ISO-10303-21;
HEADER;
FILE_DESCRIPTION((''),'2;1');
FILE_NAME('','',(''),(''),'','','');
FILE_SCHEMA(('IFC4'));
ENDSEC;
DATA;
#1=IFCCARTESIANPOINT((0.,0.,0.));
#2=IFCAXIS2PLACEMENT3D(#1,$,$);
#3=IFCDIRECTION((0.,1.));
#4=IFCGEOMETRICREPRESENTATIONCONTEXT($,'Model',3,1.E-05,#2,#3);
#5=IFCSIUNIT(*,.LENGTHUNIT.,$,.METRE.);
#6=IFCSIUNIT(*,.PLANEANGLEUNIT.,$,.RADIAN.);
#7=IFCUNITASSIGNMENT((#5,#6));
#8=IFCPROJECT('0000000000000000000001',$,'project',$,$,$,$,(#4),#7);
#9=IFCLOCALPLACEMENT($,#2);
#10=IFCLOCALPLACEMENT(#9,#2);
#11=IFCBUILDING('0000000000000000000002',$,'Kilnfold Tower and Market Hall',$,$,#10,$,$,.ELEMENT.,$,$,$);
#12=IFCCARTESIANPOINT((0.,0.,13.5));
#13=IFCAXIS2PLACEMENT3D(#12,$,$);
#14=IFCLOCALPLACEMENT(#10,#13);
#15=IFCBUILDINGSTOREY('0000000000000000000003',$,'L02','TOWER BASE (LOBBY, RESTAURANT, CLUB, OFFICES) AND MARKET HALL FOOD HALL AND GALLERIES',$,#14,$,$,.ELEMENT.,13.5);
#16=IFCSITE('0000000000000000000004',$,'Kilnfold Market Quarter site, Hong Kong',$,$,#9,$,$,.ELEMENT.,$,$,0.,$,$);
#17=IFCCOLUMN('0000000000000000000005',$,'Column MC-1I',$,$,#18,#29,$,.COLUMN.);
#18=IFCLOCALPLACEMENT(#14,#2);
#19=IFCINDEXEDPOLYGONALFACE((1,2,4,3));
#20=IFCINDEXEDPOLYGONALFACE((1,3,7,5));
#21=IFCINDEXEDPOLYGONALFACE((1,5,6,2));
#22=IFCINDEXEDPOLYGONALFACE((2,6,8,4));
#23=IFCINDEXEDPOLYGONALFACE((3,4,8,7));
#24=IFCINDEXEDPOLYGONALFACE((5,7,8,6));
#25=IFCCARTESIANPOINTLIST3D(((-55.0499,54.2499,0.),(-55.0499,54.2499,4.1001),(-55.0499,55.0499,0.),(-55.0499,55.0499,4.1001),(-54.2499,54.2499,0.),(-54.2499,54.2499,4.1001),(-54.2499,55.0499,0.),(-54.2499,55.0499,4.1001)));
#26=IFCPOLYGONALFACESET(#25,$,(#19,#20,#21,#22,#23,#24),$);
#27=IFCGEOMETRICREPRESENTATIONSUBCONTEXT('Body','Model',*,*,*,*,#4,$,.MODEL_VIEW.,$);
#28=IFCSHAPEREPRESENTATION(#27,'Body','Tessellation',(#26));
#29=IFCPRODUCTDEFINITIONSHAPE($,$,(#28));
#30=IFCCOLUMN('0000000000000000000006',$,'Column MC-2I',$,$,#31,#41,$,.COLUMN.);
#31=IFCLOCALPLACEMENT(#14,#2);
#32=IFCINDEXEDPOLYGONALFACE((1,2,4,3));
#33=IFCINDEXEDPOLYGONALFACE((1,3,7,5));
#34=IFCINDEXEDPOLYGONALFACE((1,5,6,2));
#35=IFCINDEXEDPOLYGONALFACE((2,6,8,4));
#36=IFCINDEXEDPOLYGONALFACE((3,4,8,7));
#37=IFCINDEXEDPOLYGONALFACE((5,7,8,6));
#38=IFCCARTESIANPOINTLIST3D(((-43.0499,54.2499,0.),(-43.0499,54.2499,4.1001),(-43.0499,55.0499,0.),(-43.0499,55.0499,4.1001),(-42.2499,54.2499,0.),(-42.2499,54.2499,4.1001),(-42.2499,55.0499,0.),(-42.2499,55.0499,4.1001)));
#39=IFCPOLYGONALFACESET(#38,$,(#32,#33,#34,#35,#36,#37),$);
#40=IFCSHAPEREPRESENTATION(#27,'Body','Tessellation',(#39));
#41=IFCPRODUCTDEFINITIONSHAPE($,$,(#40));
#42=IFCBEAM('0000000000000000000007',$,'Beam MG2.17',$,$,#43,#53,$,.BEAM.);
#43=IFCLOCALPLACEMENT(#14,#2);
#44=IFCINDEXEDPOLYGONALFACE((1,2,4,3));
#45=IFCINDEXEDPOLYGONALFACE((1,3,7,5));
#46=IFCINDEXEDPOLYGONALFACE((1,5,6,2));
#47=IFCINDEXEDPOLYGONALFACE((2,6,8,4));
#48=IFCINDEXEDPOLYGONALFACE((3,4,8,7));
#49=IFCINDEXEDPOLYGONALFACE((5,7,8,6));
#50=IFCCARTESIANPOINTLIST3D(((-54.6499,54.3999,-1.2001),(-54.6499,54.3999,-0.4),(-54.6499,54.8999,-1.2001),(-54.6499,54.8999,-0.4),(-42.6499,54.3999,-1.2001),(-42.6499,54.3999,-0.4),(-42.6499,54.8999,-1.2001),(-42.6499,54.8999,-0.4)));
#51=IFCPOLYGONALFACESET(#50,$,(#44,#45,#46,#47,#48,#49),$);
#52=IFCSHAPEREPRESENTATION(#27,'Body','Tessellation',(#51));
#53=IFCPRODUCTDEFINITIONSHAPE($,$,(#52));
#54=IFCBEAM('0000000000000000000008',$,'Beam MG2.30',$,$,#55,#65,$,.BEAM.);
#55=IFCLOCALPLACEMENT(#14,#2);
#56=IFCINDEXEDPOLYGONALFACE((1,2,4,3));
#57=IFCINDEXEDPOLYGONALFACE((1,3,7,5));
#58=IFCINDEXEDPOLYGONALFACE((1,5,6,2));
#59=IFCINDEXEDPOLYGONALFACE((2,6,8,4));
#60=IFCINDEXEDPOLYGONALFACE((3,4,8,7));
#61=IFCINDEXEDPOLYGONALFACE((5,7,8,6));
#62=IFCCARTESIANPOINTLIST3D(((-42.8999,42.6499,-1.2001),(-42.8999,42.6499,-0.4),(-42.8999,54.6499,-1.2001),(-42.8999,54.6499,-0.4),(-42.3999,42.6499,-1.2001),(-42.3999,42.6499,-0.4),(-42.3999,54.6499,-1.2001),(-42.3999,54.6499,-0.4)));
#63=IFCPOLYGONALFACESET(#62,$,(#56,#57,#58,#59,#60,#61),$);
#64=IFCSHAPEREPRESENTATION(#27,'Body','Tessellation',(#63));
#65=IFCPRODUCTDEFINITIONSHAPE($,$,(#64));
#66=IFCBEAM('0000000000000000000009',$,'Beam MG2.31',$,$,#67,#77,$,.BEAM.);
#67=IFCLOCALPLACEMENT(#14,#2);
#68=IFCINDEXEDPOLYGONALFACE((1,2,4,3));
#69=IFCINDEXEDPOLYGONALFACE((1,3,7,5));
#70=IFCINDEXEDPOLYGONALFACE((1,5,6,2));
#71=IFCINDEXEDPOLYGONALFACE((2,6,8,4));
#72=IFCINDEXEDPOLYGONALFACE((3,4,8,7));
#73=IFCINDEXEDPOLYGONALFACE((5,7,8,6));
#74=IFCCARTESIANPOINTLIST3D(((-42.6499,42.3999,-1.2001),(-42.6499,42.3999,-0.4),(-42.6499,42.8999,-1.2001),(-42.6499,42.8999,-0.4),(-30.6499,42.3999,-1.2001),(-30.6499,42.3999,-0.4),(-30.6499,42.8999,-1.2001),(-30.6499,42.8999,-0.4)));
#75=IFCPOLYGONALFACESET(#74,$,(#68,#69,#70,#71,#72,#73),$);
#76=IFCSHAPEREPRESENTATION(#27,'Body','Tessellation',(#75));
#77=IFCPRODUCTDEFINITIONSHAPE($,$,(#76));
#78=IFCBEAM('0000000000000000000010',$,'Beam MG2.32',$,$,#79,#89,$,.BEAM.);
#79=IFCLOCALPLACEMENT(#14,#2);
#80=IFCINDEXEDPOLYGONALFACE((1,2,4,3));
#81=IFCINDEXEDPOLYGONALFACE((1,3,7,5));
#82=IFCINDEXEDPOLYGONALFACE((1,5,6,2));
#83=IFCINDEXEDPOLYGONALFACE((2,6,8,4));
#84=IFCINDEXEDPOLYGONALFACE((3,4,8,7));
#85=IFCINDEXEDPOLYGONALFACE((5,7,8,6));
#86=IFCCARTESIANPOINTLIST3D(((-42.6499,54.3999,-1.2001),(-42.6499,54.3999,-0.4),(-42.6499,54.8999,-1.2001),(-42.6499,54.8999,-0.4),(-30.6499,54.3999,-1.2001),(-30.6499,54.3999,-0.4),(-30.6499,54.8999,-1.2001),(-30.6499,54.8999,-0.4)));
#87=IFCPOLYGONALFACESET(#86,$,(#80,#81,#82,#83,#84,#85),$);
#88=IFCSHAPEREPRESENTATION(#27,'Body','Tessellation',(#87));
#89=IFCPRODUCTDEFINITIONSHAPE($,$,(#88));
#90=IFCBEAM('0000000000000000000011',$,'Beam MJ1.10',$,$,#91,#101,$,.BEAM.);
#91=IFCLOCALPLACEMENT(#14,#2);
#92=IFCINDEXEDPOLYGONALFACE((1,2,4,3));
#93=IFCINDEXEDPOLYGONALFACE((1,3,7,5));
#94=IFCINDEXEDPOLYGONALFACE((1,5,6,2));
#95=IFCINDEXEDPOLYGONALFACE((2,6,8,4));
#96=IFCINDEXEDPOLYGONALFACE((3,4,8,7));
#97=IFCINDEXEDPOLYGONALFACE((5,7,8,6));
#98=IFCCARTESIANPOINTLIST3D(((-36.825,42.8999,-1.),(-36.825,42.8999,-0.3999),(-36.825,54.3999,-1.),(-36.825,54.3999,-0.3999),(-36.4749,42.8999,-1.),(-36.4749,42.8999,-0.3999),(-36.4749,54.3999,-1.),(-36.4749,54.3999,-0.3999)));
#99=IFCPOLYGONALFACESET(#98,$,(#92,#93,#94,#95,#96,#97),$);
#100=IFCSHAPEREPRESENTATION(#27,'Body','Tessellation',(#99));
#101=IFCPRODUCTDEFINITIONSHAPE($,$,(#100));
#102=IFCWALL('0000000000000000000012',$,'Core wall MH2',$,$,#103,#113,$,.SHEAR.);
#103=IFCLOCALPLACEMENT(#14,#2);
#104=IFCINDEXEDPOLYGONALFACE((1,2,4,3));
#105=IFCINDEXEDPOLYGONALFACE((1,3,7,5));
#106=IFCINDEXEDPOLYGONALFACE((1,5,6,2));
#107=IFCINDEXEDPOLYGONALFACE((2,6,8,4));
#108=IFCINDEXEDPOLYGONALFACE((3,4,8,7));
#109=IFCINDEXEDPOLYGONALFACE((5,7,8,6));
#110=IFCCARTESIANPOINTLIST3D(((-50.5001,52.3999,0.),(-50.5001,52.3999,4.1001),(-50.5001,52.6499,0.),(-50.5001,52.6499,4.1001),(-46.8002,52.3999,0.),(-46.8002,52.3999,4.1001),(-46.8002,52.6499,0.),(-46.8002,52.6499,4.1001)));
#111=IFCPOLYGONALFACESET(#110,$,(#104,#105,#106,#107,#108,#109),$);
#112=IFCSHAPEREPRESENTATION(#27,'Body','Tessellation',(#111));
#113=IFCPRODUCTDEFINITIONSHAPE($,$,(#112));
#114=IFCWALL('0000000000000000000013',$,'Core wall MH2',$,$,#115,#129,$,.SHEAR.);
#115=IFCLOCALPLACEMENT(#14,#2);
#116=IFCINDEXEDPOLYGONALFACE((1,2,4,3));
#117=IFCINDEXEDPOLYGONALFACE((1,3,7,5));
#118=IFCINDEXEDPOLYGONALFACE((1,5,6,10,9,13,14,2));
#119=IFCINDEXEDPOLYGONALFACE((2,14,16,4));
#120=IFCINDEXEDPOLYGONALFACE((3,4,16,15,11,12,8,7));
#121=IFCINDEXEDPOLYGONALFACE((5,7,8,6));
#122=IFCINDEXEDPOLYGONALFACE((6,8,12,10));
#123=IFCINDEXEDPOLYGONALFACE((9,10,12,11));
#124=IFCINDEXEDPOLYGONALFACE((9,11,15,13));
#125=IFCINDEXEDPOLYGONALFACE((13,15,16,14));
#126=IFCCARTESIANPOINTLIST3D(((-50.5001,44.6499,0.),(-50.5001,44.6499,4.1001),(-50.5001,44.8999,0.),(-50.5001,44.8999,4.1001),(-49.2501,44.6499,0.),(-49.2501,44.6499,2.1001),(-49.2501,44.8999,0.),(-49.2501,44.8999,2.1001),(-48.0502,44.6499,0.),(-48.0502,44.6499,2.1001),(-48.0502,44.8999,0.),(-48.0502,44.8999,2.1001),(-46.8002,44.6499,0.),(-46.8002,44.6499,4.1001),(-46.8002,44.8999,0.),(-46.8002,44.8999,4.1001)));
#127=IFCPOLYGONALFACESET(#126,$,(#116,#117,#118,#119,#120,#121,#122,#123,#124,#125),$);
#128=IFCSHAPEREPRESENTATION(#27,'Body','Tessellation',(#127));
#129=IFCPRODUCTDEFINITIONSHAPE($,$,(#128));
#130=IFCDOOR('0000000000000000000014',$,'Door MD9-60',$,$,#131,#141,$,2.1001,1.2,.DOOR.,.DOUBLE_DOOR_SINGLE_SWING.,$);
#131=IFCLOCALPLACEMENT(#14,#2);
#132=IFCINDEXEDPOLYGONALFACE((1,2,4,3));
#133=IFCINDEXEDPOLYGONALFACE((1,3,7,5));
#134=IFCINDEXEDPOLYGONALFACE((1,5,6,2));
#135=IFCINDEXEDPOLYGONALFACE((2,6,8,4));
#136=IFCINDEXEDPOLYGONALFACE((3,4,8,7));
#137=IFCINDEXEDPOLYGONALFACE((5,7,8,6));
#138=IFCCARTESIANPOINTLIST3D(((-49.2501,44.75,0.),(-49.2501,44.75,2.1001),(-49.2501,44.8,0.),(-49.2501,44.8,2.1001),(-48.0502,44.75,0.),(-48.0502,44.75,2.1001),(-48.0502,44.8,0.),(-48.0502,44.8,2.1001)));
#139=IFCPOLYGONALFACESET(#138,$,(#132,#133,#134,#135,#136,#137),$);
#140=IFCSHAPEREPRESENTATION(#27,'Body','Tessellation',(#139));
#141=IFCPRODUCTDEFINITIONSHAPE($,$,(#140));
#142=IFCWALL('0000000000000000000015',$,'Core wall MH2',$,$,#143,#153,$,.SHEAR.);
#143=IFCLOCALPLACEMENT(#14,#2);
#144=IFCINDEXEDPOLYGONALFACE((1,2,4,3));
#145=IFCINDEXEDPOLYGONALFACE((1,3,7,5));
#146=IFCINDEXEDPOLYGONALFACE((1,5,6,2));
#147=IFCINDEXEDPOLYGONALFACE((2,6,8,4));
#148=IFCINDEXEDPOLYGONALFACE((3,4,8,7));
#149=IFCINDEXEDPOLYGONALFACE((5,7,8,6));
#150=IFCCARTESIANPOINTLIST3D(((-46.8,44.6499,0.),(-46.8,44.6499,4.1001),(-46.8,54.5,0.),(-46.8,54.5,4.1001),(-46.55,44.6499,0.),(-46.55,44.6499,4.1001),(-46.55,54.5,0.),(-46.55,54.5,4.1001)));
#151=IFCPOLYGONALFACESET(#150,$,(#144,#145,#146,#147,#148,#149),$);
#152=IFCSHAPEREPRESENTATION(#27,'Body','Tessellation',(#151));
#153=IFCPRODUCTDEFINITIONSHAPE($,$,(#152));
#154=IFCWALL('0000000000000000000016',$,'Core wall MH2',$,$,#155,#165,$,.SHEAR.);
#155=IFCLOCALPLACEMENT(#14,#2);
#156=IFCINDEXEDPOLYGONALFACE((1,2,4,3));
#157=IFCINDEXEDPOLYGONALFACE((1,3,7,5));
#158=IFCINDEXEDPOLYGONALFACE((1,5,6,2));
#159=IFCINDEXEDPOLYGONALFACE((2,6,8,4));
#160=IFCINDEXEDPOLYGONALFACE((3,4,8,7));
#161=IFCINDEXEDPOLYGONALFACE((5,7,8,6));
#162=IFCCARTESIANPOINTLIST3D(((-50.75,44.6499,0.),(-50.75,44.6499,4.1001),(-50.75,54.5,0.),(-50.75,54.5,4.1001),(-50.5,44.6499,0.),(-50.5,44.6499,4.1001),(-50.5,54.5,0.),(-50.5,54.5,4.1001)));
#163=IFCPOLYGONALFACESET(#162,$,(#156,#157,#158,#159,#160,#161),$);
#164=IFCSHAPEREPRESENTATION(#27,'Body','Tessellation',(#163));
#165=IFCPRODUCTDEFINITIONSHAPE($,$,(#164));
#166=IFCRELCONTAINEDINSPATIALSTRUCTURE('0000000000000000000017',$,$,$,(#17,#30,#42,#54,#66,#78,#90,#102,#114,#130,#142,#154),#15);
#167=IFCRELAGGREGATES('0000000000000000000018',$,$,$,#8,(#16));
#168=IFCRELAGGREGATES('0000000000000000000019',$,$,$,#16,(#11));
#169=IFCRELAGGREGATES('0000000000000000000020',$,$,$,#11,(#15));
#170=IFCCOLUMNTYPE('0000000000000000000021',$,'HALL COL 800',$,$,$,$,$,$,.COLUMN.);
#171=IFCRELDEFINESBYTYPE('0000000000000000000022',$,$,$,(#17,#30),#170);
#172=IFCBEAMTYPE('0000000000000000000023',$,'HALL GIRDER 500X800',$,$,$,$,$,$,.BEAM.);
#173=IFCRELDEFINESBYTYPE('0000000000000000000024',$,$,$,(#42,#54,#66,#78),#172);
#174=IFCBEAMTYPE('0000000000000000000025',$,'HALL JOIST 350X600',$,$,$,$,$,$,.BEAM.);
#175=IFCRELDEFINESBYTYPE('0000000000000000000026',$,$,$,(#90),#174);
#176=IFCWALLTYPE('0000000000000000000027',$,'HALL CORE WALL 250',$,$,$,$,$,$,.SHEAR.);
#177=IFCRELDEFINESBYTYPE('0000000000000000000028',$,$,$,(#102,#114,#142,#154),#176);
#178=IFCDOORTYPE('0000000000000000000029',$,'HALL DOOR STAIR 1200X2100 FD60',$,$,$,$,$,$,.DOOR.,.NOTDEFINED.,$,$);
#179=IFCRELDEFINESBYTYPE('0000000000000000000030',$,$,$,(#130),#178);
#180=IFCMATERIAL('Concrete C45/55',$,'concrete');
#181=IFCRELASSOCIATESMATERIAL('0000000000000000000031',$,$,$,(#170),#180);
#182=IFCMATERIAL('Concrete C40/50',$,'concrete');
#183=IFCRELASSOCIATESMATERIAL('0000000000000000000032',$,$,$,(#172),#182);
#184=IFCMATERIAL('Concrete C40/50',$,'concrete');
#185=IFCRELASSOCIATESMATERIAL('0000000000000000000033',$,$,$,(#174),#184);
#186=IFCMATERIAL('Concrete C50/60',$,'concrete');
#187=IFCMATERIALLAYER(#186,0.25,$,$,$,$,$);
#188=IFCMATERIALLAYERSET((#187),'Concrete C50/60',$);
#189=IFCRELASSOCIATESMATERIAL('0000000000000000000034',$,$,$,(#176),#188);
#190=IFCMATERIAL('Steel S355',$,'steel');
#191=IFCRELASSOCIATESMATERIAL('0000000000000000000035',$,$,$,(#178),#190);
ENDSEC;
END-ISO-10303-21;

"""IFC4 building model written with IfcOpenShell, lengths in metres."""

from ifc_helpers import new_model, si_unit, direction, frame, frame_2d, origin, origin_2d, place, context, subcontext, project, spatial, rectangle, extrude, source, transform, mapped, material, layer, layer_set, material_profile, profile_set, type_object, element, fill, save


model = new_model("IFC4")

# Units and contexts
model_context = context("Model", 3, precision=1e-05, world=origin(), true_north=direction((0.0, 1.0)))
body_context = subcontext(model_context, "Body", "Model", "MODEL_VIEW")
ifc_project = project(units=[si_unit("LENGTHUNIT", "METRE"), si_unit("PLANEANGLEUNIT", "RADIAN")], contexts=[model_context])

# Site, building, storey
site_placement = place(None, origin())
site = spatial("IfcSite", under=ifc_project, at=site_placement, Name="Kilnfold Market Quarter site, Hong Kong", CompositionType="ELEMENT", RefElevation=0.0)
building_placement = place(site_placement, origin())
building = spatial("IfcBuilding", under=site, at=building_placement, Name="Kilnfold Tower and Market Hall", CompositionType="ELEMENT")
storey_placement = place(building_placement, frame((0.0, 0.0, 13.5)))
storey = spatial("IfcBuildingStorey", under=building, at=storey_placement, Name="L02", Description="TOWER BASE (LOBBY, RESTAURANT, CLUB, OFFICES) AND MARKET HALL FOOD HALL AND GALLERIES", CompositionType="ELEMENT", Elevation=13.5)

# Columns
ifc_material_1 = material(Name="Concrete C45/55", Category="concrete")
ifc_material_profile_1 = material_profile(ifc_material_1, rectangle(XDim=0.8, YDim=0.8, at=origin_2d()), Name="RC 800x800")
ifc_profile_set_1 = profile_set([ifc_material_profile_1], Name="Concrete C45/55")
column_type = type_object("IfcColumnType", Name="HALL COL 800", PredefinedType="COLUMN", material=ifc_profile_set_1)
shared_shape_1 = source(origin(), body_context, "Body", "SweptSolid", [
    extrude(rectangle(XDim=0.8, YDim=0.8, at=origin_2d()), origin(), (0.0, 0.0, 1.0), 4.1001),
])
for number, where, z_axis, x_axis, name in (
    (1, (-54.6499, 54.6499, 0.0), (0.0, 0.0, 1.0), (1.0, 0.0, 0.0), "Column MC-1I"),
    (2, (-42.6499, 54.6499, 0.0), (0.0, 0.0, 1.0), (1.0, 0.0, 0.0), "Column MC-2I"),
):
    element("IfcColumn", number, at=place(storey_placement, frame(where, z_axis=z_axis, x_axis=x_axis)), inside=storey, type_object=column_type, Name=name, PredefinedType="COLUMN", context=body_context, shape_type="MappedRepresentation", body=[
        mapped(shared_shape_1, transform((0.0, 0.0, 0.0))),
    ])

# Beams
ifc_material_2 = material(Name="Concrete C40/50", Category="concrete")
ifc_material_profile_2 = material_profile(ifc_material_2, rectangle(XDim=0.5, YDim=0.8, at=origin_2d()), Name="RC 500x800")
ifc_profile_set_2 = profile_set([ifc_material_profile_2], Name="Concrete C40/50")
beam_type_1 = type_object("IfcBeamType", Name="HALL GIRDER 500X800", PredefinedType="BEAM", material=ifc_profile_set_2)
for number, where, z_axis, x_axis, name in (
    (3, (-54.6499, 54.6499, -0.8), (1.0, 0.0, 0.0), (0.0, 1.0, 0.0), "Beam MG2.17"),
    (4, (-42.6499, 42.6499, -0.8), (0.0, 1.0, 0.0), (-1.0, 0.0, 0.0), "Beam MG2.30"),
    (5, (-42.6499, 42.6499, -0.8), (1.0, 0.0, 0.0), (0.0, 1.0, 0.0), "Beam MG2.31"),
    (6, (-42.6499, 54.6499, -0.8), (1.0, 0.0, 0.0), (0.0, 1.0, 0.0), "Beam MG2.32"),
):
    element("IfcBeam", number, at=place(storey_placement, frame(where, z_axis=z_axis, x_axis=x_axis)), inside=storey, type_object=beam_type_1, Name=name, PredefinedType="BEAM", context=body_context, shape_type="SweptSolid", body=[
        extrude(rectangle(XDim=0.5, YDim=0.8, at=origin_2d()), origin(), (0.0, 0.0, 1.0), 12.0),
    ])
ifc_material_3 = material(Name="Concrete C40/50", Category="concrete")
ifc_material_profile_3 = material_profile(ifc_material_3, rectangle(XDim=0.3501, YDim=0.6001, at=origin_2d()), Name="RC 350x600")
ifc_profile_set_3 = profile_set([ifc_material_profile_3], Name="Concrete C40/50")
beam_type_2 = type_object("IfcBeamType", Name="HALL JOIST 350X600", PredefinedType="BEAM", material=ifc_profile_set_3)
beam_placement = place(storey_placement, frame((-36.6499, 42.8999, -0.7), z_axis=(0.0, 1.0, 0.0), x_axis=(-1.0, 0.0, 0.0)))
element("IfcBeam", 7, at=beam_placement, inside=storey, type_object=beam_type_2, Name="Beam MJ1.10", PredefinedType="BEAM", context=body_context, shape_type="SweptSolid", body=[
    extrude(rectangle(XDim=0.3501, YDim=0.6001, at=origin_2d()), origin(), (0.0, 0.0, 1.0), 11.5),
])

# Wall
ifc_material_4 = material(Name="Concrete C50/60", Category="concrete")
ifc_layer_1 = layer(ifc_material_4, 0.25)
ifc_layer_set_1 = layer_set([ifc_layer_1], Name="Concrete C50/60")
wall_type_1 = type_object("IfcWallType", Name="HALL CORE WALL 250", PredefinedType="SHEAR", material=ifc_layer_set_1)
shared_shape_2 = source(origin(), body_context, "Body", "SweptSolid", [
    extrude(rectangle(XDim=3.7, YDim=0.25, at=frame_2d((1.8501, 0.0))), origin(), (0.0, 0.0, 1.0), 4.1001),
])
wall_1_placement = place(storey_placement, frame((-46.8, 52.5249, 0.0), z_axis=(0.0, 0.0, 1.0), x_axis=(-1.0, 0.0, 0.0)))
element("IfcWall", 8, at=wall_1_placement, inside=storey, type_object=wall_type_1, Name="Core wall MH2", PredefinedType="SHEAR", context=body_context, shape_type="MappedRepresentation", body=[
    mapped(shared_shape_2, transform((0.0, 0.0, 0.0))),
])

# Wall, opening, door
wall_2_placement = place(storey_placement, frame((-46.8, 44.7749, 0.0), z_axis=(0.0, 0.0, 1.0), x_axis=(-1.0, 0.0, 0.0)))
wall_2 = element("IfcWall", 9, at=wall_2_placement, inside=storey, type_object=wall_type_1, Name="Core wall MH2", PredefinedType="SHEAR", context=body_context, shape_type="MappedRepresentation", body=[
    mapped(shared_shape_2, transform((0.0, 0.0, 0.0))),
])
opening_1_placement = place(wall_2_placement, frame((1.25, 0.0, 0.0)))
opening_1 = element("IfcOpeningElement", 10, at=opening_1_placement, cuts=wall_2, PredefinedType="OPENING", context=body_context, shape_type="SweptSolid", body=[
    extrude(rectangle(XDim=1.2, YDim=2.1001, at=frame_2d((0.6001, 1.05))), frame((0.0, 0.135, 0.0), z_axis=(0.0, -1.0, 0.0), x_axis=(1.0, 0.0, 0.0)), (0.0, 0.0, 1.0), 0.27),
])
ifc_material_5 = material(Name="Steel S355", Category="steel")
door_type_1 = type_object("IfcDoorType", Name="HALL DOOR STAIR 1200X2100 FD60", OperationType="NOTDEFINED", PredefinedType="DOOR", material=ifc_material_5)
door_1_placement = place(opening_1_placement, origin())
door_1 = element("IfcDoor", 11, at=door_1_placement, inside=storey, type_object=door_type_1, Name="Door MD9-60", OperationType="DOUBLE_DOOR_SINGLE_SWING", OverallHeight=2.1001, OverallWidth=1.2, PredefinedType="DOOR", context=body_context, shape_type="SweptSolid", body=[
    extrude(rectangle(XDim=1.2, YDim=2.1001, at=frame_2d((0.6001, 1.05))), frame((0.0, 0.0249, 0.0), z_axis=(0.0, -1.0, 0.0), x_axis=(1.0, 0.0, 0.0)), (0.0, 0.0, 1.0), 0.05),
])
fill(opening_1, door_1)

# Walls
shared_shape_3 = source(origin(), body_context, "Body", "SweptSolid", [
    extrude(rectangle(XDim=9.8501, YDim=0.25, at=frame_2d((4.925, 0.0))), origin(), (0.0, 0.0, 1.0), 4.1001),
])
for number, where, z_axis, x_axis, name in (
    (12, (-46.675, 54.5, 0.0), (0.0, 0.0, 1.0), (0.0, -1.0, 0.0), "Core wall MH2"),
    (13, (-50.625, 54.5, 0.0), (0.0, 0.0, 1.0), (0.0, -1.0, 0.0), "Core wall MH2"),
):
    element("IfcWall", number, at=place(storey_placement, frame(where, z_axis=z_axis, x_axis=x_axis)), inside=storey, type_object=wall_type_1, Name=name, PredefinedType="SHEAR", context=body_context, shape_type="MappedRepresentation", body=[
        mapped(shared_shape_3, transform((0.0, 0.0, 0.0))),
    ])

save(model, "model.ifc")
